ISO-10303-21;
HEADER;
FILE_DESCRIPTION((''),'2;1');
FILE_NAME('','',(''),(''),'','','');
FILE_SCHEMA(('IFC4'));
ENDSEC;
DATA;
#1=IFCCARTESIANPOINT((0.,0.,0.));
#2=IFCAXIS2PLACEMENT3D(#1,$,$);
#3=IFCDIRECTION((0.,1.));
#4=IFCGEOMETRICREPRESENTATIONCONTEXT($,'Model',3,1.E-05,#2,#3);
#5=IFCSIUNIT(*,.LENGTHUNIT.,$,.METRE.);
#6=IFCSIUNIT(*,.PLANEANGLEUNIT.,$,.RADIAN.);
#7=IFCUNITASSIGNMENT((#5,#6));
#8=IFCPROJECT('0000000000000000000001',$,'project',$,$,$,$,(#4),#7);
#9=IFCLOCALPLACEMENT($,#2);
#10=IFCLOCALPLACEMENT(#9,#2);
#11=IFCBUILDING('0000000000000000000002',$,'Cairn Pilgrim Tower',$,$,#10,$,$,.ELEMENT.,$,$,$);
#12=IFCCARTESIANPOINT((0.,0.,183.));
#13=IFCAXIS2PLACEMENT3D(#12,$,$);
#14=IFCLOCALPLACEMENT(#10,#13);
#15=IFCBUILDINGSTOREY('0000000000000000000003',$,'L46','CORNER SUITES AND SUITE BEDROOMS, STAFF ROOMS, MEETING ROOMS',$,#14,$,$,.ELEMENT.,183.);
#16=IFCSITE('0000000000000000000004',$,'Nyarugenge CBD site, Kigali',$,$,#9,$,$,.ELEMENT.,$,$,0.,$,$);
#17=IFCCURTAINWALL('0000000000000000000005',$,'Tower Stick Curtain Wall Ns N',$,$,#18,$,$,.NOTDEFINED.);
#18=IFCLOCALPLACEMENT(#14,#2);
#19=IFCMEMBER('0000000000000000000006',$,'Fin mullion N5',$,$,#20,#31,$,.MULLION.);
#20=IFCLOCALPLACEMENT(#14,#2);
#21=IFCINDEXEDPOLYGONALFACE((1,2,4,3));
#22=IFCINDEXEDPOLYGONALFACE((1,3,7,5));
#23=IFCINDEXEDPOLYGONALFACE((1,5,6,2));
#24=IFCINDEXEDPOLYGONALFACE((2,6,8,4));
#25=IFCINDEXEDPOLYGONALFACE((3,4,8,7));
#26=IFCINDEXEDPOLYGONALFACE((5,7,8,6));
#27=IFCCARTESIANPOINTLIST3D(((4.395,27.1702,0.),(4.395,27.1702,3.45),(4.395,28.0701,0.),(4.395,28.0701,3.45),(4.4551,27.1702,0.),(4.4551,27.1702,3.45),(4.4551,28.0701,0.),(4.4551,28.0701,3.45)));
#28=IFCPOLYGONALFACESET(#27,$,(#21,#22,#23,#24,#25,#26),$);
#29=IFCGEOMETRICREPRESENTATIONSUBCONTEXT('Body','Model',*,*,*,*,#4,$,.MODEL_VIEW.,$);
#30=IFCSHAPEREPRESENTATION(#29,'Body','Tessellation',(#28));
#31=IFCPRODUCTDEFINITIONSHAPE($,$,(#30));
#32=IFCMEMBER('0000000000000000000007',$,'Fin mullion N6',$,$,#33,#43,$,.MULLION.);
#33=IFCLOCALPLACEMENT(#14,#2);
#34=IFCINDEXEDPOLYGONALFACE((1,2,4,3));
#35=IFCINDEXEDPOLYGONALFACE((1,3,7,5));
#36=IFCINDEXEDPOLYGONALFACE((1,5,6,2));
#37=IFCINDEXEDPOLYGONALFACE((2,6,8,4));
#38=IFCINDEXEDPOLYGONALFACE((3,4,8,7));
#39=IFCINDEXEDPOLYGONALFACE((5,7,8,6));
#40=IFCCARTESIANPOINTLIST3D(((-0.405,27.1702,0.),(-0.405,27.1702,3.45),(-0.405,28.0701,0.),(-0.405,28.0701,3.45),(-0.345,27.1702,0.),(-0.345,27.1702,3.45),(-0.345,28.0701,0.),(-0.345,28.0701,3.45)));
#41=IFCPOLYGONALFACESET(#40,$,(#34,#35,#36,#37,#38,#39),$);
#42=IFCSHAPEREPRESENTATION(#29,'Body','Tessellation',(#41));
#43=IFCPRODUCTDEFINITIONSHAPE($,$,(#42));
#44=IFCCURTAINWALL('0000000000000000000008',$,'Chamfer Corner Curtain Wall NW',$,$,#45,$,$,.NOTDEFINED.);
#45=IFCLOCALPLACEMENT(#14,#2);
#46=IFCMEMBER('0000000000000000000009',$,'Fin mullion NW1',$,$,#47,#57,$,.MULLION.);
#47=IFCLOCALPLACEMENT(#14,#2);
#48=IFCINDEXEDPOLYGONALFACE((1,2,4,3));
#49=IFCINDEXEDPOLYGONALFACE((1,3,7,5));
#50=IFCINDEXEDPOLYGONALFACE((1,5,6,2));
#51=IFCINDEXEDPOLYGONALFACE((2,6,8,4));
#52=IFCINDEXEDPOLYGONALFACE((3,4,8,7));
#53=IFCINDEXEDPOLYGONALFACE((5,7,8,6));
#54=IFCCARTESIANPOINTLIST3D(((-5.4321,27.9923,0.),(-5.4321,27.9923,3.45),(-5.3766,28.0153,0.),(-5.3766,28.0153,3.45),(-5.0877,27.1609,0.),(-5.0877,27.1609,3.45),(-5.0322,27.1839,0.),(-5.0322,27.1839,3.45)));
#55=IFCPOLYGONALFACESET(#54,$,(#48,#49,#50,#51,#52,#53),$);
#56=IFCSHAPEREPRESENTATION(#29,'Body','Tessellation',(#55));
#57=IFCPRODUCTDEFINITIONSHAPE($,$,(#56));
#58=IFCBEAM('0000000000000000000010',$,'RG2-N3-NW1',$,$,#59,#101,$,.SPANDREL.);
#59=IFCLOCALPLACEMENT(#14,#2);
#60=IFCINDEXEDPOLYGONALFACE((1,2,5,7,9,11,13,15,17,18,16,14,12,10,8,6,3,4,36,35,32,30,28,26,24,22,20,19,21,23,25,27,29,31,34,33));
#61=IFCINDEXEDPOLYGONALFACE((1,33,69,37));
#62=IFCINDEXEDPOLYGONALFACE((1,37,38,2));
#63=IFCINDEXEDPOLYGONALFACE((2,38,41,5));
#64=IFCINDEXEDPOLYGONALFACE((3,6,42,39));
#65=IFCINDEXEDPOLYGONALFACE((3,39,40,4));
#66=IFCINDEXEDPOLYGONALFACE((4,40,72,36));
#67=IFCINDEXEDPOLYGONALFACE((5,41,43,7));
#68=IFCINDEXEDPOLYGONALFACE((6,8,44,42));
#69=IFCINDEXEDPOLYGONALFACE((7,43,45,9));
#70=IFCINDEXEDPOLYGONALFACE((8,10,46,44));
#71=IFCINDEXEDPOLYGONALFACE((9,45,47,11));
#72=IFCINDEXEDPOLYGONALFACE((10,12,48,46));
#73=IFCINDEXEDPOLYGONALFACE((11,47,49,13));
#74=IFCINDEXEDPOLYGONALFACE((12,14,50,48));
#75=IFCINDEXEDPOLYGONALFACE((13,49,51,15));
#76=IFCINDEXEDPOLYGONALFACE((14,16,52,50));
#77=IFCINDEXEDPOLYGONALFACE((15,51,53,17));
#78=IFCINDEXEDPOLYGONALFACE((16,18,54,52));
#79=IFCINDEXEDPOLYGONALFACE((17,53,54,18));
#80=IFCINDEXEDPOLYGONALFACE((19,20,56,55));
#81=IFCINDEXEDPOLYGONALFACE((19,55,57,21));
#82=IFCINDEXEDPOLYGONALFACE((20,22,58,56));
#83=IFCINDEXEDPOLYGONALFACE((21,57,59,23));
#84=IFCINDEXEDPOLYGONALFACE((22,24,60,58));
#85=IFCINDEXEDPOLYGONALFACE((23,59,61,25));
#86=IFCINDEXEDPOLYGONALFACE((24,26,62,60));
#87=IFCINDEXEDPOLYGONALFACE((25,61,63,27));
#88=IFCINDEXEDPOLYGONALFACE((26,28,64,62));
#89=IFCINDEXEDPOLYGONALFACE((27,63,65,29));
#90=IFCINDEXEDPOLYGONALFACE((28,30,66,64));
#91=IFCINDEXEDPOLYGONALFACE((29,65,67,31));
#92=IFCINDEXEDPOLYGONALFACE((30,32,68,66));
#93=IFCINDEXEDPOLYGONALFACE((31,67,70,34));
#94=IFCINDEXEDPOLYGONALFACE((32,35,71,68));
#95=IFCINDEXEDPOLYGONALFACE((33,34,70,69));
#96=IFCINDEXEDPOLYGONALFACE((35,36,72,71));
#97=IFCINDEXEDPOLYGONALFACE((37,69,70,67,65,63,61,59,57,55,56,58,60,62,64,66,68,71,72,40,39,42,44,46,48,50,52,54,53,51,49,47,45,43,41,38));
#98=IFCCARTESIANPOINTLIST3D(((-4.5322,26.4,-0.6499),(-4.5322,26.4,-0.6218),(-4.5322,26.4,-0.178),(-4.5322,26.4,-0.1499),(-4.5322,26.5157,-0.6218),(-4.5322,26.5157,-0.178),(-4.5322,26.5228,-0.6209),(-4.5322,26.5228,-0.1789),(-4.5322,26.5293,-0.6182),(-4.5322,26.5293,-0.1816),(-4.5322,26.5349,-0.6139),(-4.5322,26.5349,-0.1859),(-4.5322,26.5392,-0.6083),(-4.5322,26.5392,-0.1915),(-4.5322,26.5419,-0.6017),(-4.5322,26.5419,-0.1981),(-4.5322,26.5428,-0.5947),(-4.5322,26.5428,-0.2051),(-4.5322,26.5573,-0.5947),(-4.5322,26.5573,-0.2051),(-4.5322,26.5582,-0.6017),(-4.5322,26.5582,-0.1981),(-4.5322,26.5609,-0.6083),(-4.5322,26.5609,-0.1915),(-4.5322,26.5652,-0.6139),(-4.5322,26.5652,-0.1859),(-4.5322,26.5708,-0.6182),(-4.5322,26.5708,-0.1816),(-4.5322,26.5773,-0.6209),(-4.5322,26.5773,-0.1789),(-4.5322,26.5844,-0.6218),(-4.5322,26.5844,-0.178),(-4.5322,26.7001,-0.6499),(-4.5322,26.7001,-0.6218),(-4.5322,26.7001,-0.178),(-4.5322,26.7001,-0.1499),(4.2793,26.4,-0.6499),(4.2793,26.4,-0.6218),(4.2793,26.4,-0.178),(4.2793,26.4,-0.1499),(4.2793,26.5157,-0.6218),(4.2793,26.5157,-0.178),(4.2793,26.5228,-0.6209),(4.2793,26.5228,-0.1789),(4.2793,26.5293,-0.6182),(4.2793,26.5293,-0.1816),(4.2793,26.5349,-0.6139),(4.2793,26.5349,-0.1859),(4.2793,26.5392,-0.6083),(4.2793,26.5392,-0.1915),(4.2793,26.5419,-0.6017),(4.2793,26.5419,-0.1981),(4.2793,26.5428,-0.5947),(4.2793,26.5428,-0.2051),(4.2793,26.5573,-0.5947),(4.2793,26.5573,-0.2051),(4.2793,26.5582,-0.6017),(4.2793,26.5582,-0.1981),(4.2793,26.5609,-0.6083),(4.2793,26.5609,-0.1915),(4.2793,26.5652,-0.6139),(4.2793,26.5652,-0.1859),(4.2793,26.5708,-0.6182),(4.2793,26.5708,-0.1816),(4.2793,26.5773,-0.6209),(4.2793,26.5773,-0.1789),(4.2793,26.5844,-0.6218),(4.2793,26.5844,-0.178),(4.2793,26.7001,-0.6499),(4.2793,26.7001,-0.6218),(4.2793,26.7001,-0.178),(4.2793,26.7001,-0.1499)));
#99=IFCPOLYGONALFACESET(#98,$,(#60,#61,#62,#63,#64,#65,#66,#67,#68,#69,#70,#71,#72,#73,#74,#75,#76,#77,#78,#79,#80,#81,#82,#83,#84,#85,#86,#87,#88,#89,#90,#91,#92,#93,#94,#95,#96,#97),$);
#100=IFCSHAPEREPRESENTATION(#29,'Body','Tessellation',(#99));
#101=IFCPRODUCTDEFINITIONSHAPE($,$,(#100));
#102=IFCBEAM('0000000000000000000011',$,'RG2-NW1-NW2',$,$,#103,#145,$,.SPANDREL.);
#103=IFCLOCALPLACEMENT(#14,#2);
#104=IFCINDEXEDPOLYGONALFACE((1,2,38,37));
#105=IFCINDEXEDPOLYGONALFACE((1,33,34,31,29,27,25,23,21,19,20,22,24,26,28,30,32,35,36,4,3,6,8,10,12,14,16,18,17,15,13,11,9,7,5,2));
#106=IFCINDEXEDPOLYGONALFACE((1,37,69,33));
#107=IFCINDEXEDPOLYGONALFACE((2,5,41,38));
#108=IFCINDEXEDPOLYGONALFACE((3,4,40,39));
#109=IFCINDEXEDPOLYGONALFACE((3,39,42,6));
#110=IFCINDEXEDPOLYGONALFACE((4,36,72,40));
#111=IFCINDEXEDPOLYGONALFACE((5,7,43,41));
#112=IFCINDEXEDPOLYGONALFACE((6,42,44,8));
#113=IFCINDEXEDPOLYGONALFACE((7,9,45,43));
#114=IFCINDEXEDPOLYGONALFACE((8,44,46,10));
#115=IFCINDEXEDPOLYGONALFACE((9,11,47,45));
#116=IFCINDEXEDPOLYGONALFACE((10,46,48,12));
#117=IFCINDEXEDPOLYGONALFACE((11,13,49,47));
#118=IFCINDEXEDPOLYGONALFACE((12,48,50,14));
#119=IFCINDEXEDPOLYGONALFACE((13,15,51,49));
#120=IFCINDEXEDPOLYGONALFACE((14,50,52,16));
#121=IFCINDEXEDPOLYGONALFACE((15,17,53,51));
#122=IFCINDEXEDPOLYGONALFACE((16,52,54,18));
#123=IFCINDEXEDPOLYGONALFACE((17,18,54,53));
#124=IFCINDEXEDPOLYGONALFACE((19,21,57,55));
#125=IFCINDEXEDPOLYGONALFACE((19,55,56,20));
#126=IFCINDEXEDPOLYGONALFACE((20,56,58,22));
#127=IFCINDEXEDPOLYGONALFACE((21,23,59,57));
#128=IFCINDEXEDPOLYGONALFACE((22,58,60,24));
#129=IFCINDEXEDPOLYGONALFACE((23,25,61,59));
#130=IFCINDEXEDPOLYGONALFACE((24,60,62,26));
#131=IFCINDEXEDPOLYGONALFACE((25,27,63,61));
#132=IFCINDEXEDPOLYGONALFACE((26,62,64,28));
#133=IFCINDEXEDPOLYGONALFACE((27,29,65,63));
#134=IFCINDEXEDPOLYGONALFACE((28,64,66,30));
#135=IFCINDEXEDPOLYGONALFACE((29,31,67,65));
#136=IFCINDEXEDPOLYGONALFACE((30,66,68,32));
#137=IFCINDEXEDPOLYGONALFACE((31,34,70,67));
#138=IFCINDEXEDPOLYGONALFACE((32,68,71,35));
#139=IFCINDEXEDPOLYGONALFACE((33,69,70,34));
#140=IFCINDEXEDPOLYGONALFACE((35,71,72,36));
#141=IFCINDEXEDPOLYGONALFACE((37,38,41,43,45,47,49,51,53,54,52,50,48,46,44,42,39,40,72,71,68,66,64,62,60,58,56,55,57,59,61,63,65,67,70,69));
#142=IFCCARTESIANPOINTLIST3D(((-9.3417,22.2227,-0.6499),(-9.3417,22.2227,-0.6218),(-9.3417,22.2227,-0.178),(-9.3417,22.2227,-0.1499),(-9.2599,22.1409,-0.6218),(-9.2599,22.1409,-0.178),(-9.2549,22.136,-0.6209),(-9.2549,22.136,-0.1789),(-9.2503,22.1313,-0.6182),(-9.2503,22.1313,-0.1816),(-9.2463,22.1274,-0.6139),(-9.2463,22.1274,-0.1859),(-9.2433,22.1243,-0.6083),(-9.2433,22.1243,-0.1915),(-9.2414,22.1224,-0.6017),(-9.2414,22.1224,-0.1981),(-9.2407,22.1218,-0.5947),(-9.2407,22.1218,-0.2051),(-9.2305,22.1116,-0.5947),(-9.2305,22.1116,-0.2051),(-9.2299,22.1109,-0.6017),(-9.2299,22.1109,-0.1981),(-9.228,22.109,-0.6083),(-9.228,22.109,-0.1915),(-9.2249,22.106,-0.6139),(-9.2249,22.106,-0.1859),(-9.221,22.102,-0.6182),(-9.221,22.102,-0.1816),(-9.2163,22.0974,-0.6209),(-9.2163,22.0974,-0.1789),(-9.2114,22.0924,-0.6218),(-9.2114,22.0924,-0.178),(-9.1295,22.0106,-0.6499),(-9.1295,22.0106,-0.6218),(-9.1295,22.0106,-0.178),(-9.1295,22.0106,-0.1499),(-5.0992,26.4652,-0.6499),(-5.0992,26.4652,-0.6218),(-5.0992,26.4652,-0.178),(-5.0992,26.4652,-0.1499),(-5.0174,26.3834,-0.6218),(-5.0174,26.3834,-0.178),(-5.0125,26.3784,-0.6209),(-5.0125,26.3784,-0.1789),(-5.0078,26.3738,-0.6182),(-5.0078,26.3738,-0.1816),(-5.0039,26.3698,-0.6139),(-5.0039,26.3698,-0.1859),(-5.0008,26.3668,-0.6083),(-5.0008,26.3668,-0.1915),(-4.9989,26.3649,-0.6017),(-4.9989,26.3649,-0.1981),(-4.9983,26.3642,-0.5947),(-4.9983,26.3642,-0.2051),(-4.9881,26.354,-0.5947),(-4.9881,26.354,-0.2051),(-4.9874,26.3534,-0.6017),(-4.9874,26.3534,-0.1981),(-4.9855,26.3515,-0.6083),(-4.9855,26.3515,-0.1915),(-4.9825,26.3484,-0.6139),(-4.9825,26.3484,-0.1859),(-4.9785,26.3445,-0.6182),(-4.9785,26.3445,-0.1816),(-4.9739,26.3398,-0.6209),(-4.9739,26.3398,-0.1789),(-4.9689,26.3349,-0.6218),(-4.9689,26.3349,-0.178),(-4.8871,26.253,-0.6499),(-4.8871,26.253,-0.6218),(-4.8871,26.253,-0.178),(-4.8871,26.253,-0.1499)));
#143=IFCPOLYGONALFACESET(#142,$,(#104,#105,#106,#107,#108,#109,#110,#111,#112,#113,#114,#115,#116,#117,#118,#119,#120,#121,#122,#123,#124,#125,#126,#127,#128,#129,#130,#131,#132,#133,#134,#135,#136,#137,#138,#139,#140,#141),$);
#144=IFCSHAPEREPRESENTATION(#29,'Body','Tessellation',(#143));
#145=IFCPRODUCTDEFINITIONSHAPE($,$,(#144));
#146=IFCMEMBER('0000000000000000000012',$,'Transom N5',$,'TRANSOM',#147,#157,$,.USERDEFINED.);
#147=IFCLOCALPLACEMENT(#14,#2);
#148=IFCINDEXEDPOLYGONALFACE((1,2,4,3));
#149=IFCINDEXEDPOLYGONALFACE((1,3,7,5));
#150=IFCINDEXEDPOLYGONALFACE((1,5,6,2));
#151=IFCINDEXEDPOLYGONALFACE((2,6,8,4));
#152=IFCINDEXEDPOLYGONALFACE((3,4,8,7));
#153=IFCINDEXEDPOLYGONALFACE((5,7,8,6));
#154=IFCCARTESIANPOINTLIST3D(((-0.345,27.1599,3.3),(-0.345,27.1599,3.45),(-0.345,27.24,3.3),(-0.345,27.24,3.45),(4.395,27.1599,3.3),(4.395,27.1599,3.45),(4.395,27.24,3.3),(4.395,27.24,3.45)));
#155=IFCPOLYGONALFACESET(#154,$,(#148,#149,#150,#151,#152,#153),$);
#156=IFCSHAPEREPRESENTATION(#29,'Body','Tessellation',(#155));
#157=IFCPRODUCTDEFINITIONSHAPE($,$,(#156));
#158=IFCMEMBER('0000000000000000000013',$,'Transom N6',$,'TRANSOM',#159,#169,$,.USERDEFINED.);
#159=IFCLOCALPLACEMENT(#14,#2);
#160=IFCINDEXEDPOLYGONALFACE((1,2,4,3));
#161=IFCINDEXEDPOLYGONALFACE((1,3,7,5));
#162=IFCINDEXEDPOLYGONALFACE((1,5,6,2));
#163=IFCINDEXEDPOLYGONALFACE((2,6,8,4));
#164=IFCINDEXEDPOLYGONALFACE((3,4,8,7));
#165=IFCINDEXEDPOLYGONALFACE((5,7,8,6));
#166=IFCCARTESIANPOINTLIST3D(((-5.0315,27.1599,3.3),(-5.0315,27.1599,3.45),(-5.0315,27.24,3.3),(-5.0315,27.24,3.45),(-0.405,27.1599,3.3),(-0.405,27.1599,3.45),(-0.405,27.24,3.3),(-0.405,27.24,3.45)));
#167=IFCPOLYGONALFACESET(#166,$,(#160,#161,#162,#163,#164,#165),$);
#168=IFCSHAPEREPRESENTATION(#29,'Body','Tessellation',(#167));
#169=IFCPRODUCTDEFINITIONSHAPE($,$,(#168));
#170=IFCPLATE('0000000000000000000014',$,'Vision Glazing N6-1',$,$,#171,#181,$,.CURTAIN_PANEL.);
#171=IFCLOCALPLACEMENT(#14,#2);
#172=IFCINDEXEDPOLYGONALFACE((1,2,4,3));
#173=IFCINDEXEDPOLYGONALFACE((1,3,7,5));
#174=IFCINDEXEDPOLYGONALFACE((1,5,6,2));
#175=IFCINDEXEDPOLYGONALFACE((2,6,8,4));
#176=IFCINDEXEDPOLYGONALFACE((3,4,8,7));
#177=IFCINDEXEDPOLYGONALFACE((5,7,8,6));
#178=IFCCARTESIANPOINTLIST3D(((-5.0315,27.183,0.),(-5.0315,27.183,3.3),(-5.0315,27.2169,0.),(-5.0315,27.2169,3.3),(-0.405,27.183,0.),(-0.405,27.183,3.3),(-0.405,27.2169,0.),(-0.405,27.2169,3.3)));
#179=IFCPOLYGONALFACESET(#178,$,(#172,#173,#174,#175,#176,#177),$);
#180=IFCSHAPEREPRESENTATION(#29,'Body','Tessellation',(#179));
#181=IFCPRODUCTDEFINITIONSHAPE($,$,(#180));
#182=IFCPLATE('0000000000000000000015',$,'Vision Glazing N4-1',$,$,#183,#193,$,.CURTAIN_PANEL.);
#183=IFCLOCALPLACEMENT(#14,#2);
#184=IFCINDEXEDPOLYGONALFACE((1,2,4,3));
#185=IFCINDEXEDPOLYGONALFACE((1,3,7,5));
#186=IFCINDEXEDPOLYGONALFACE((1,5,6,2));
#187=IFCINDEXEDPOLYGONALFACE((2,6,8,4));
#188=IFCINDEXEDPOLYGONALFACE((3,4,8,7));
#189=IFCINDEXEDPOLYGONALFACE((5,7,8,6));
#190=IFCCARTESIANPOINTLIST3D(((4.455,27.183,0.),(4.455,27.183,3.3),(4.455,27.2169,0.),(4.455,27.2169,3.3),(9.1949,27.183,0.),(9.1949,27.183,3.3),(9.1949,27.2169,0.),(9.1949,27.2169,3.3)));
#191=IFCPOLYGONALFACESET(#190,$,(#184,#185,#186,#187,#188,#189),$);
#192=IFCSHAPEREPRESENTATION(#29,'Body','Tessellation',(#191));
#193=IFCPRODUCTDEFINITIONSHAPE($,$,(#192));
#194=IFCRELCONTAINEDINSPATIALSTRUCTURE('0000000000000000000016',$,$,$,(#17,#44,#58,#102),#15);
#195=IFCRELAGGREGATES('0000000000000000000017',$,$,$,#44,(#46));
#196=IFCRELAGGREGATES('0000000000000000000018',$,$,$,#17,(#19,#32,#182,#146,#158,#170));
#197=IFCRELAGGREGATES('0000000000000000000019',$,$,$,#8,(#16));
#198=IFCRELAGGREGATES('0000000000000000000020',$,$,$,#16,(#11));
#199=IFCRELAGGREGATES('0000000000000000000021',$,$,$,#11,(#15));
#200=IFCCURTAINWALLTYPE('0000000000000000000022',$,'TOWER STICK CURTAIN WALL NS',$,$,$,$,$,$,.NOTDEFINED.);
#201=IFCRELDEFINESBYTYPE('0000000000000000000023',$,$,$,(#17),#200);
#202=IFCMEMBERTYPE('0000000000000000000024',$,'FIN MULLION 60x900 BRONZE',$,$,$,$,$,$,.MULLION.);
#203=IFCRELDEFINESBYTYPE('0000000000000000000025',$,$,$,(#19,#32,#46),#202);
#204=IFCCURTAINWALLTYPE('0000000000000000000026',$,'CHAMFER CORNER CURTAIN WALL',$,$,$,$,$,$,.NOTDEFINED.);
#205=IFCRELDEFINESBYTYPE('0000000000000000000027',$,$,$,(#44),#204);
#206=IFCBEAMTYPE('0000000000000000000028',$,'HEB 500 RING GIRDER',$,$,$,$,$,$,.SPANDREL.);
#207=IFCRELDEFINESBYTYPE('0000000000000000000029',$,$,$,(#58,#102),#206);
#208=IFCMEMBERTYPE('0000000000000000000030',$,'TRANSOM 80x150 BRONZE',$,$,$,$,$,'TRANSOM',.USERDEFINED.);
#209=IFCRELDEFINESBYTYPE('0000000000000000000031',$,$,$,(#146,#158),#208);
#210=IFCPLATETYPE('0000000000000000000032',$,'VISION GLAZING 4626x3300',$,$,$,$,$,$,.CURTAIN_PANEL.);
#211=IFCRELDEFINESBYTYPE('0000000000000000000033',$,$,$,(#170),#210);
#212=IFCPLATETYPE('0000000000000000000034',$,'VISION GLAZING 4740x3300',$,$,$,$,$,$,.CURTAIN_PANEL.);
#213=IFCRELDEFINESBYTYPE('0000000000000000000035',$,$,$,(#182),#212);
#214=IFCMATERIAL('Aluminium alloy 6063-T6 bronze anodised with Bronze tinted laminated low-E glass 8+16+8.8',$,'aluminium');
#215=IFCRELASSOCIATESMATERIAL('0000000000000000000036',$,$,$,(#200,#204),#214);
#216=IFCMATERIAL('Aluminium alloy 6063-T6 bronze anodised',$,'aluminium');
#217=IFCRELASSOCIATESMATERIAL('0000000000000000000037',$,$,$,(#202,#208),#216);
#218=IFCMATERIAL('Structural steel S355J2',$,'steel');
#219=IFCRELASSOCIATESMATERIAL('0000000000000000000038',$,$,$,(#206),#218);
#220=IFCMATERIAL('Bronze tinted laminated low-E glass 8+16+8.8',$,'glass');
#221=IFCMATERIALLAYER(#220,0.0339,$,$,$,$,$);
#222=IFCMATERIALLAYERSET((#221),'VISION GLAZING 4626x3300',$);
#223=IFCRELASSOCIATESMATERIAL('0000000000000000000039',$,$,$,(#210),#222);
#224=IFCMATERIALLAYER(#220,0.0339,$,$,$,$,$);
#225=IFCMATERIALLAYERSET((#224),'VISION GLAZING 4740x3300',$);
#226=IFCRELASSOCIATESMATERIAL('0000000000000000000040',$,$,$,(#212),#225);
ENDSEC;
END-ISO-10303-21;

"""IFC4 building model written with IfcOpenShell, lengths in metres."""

from ifc_helpers import new_model, si_unit, direction, frame, origin, origin_2d, place, context, subcontext, project, spatial, rectangle, i_section, extrude, material, layer, layer_set, material_profile, profile_set, type_object, element, aggregate, save


model = new_model("IFC4")

# Units and contexts
model_context = context("Model", 3, precision=1e-05, world=origin(), true_north=direction((0.0, 1.0)))
body_context = subcontext(model_context, "Body", "Model", "MODEL_VIEW")
ifc_project = project(units=[si_unit("LENGTHUNIT", "METRE"), si_unit("PLANEANGLEUNIT", "RADIAN")], contexts=[model_context])

# Site, building, storey
site_placement = place(None, origin())
site = spatial("IfcSite", under=ifc_project, at=site_placement, Name="Nyarugenge CBD site, Kigali", CompositionType="ELEMENT", RefElevation=0.0)
building_placement = place(site_placement, origin())
building = spatial("IfcBuilding", under=site, at=building_placement, Name="Cairn Pilgrim Tower", CompositionType="ELEMENT")
storey_placement = place(building_placement, frame((0.0, 0.0, 183.0)))
storey = spatial("IfcBuildingStorey", under=building, at=storey_placement, Name="L46", Description="CORNER SUITES AND SUITE BEDROOMS, STAFF ROOMS, MEETING ROOMS", CompositionType="ELEMENT", Elevation=183.0)

# Curtain wall, members
ifc_material_1 = material(Name="Aluminium alloy 6063-T6 bronze anodised with Bronze tinted laminated low-E glass 8+16+8.8", Category="aluminium")
curtain_wall_type_1 = type_object("IfcCurtainWallType", Name="TOWER STICK CURTAIN WALL NS", PredefinedType="NOTDEFINED", material=ifc_material_1)
curtain_wall_1_placement = place(storey_placement, origin())
curtain_wall_1 = element("IfcCurtainWall", 1, at=curtain_wall_1_placement, inside=storey, type_object=curtain_wall_type_1, Name="Tower Stick Curtain Wall Ns N", PredefinedType="NOTDEFINED")
ifc_material_2 = material(Name="Aluminium alloy 6063-T6 bronze anodised", Category="aluminium")
ifc_material_profile_1 = material_profile(ifc_material_2, rectangle(XDim=0.8999, YDim=0.0601, at=origin_2d()), Name="FIN MULLION 60x900 BRONZE")
ifc_profile_set_1 = profile_set([ifc_material_profile_1], Name="Aluminium alloy 6063-T6 bronze anodised")
member_type_1 = type_object("IfcMemberType", Name="FIN MULLION 60x900 BRONZE", PredefinedType="MULLION", material=ifc_profile_set_1)
member_1_placement = place(storey_placement, frame((4.425, 27.6201, 0.0), z_axis=(0.0, 0.0, 1.0), x_axis=(0.0, 1.0, 0.0)))
member_1 = element("IfcMember", 2, at=member_1_placement, type_object=member_type_1, Name="Fin mullion N5", PredefinedType="MULLION", context=body_context, shape_type="SweptSolid", body=[
    extrude(rectangle(XDim=0.8999, YDim=0.0601, at=origin_2d()), origin(), (0.0, 0.0, 1.0), 3.45),
])
member_2_placement = place(storey_placement, frame((-0.375, 27.6201, 0.0), z_axis=(0.0, 0.0, 1.0), x_axis=(0.0, 1.0, 0.0)))
member_2 = element("IfcMember", 3, at=member_2_placement, type_object=member_type_1, Name="Fin mullion N6", PredefinedType="MULLION", context=body_context, shape_type="SweptSolid", body=[
    extrude(rectangle(XDim=0.8999, YDim=0.0601, at=origin_2d()), origin(), (0.0, 0.0, 1.0), 3.45),
])

# Curtain wall, member
curtain_wall_type_2 = type_object("IfcCurtainWallType", Name="CHAMFER CORNER CURTAIN WALL", PredefinedType="NOTDEFINED", material=ifc_material_1)
curtain_wall_2_placement = place(storey_placement, origin())
curtain_wall_2 = element("IfcCurtainWall", 4, at=curtain_wall_2_placement, inside=storey, type_object=curtain_wall_type_2, Name="Chamfer Corner Curtain Wall NW", PredefinedType="NOTDEFINED")
member_3_placement = place(storey_placement, frame((-5.2322, 27.5881, 0.0), z_axis=(0.0, 0.0, 1.0), x_axis=(-0.382683, 0.92388, 0.0)))
member_3 = element("IfcMember", 5, at=member_3_placement, type_object=member_type_1, Name="Fin mullion NW1", PredefinedType="MULLION", context=body_context, shape_type="SweptSolid", body=[
    extrude(rectangle(XDim=0.8999, YDim=0.0601, at=origin_2d()), origin(), (0.0, 0.0, 1.0), 3.45),
])
aggregate(curtain_wall_2, [member_3])

# Beams
ifc_material_3 = material(Name="Structural steel S355J2", Category="steel")
ifc_material_profile_2 = material_profile(ifc_material_3, i_section(OverallWidth=0.3, OverallDepth=0.5, WebThickness=0.0144, FlangeThickness=0.0281, FilletRadius=0.0271, at=origin_2d()), Name="HEB 500")
ifc_profile_set_2 = profile_set([ifc_material_profile_2], Name="Structural steel S355J2")
beam_type = type_object("IfcBeamType", Name="HEB 500 RING GIRDER", PredefinedType="SPANDREL", material=ifc_profile_set_2)
beam_1_placement = place(storey_placement, frame((4.2793, 26.55, -0.3999), z_axis=(-1.0, 0.0, 0.0), x_axis=(0.0, -1.0, 0.0)))
element("IfcBeam", 6, at=beam_1_placement, inside=storey, type_object=beam_type, Name="RG2-N3-NW1", PredefinedType="SPANDREL", context=body_context, shape_type="SweptSolid", body=[
    extrude(i_section(OverallWidth=0.3, OverallDepth=0.5, WebThickness=0.0144, FlangeThickness=0.0281, FilletRadius=0.0271, at=origin_2d()), origin(), (0.0, 0.0, 1.0), 8.8115),
])
beam_2_placement = place(storey_placement, frame((-4.9932, 26.3591, -0.3999), z_axis=(-0.707107, -0.707107, 0.0), x_axis=(0.707107, -0.707107, 0.0)))
element("IfcBeam", 7, at=beam_2_placement, inside=storey, type_object=beam_type, Name="RG2-NW1-NW2", PredefinedType="SPANDREL", context=body_context, shape_type="SweptSolid", body=[
    extrude(i_section(OverallWidth=0.3, OverallDepth=0.5, WebThickness=0.0144, FlangeThickness=0.0281, FilletRadius=0.0271, at=origin_2d()), origin(), (0.0, 0.0, 1.0), 5.9998),
])

# Members
ifc_material_profile_3 = material_profile(ifc_material_2, rectangle(XDim=0.0801, YDim=0.1499, at=origin_2d()), Name="TRANSOM 80x150 BRONZE")
ifc_profile_set_3 = profile_set([ifc_material_profile_3], Name="Aluminium alloy 6063-T6 bronze anodised")
member_type_2 = type_object("IfcMemberType", Name="TRANSOM 80x150 BRONZE", ElementType="TRANSOM", PredefinedType="USERDEFINED", material=ifc_profile_set_3)
member_4_placement = place(storey_placement, frame((4.395, 27.2, 3.375), z_axis=(-1.0, 0.0, 0.0), x_axis=(0.0, -1.0, 0.0)))
member_4 = element("IfcMember", 8, at=member_4_placement, type_object=member_type_2, Name="Transom N5", ObjectType="TRANSOM", PredefinedType="USERDEFINED", context=body_context, shape_type="SweptSolid", body=[
    extrude(rectangle(XDim=0.0801, YDim=0.1499, at=origin_2d()), origin(), (0.0, 0.0, 1.0), 4.74),
])
member_5_placement = place(storey_placement, frame((-0.405, 27.2, 3.375), z_axis=(-1.0, 0.0, 0.0), x_axis=(0.0, -1.0, 0.0)))
member_5 = element("IfcMember", 9, at=member_5_placement, type_object=member_type_2, Name="Transom N6", ObjectType="TRANSOM", PredefinedType="USERDEFINED", context=body_context, shape_type="SweptSolid", body=[
    extrude(rectangle(XDim=0.0801, YDim=0.1499, at=origin_2d()), origin(), (0.0, 0.0, 1.0), 4.6265),
])

# Plates
ifc_material_4 = material(Name="Bronze tinted laminated low-E glass 8+16+8.8", Category="glass")
ifc_layer_1 = layer(ifc_material_4, 0.0339)
ifc_layer_set_1 = layer_set([ifc_layer_1], Name="VISION GLAZING 4626x3300")
plate_type_1 = type_object("IfcPlateType", Name="VISION GLAZING 4626x3300", PredefinedType="CURTAIN_PANEL", material=ifc_layer_set_1)
plate_1_placement = place(storey_placement, frame((-2.7183, 27.2, 0.0), z_axis=(0.0, 0.0, 1.0), x_axis=(-1.0, 0.0, 0.0)))
plate_1 = element("IfcPlate", 10, at=plate_1_placement, type_object=plate_type_1, Name="Vision Glazing N6-1", PredefinedType="CURTAIN_PANEL", context=body_context, shape_type="SweptSolid", body=[
    extrude(rectangle(XDim=4.6265, YDim=0.0339, at=origin_2d()), origin(), (0.0, 0.0, 1.0), 3.3),
])
ifc_layer_2 = layer(ifc_material_4, 0.0339)
ifc_layer_set_2 = layer_set([ifc_layer_2], Name="VISION GLAZING 4740x3300")
plate_type_2 = type_object("IfcPlateType", Name="VISION GLAZING 4740x3300", PredefinedType="CURTAIN_PANEL", material=ifc_layer_set_2)
plate_2_placement = place(storey_placement, frame((6.825, 27.2, 0.0), z_axis=(0.0, 0.0, 1.0), x_axis=(-1.0, 0.0, 0.0)))
plate_2 = element("IfcPlate", 11, at=plate_2_placement, type_object=plate_type_2, Name="Vision Glazing N4-1", PredefinedType="CURTAIN_PANEL", context=body_context, shape_type="SweptSolid", body=[
    extrude(rectangle(XDim=4.74, YDim=0.0339, at=origin_2d()), origin(), (0.0, 0.0, 1.0), 3.3),
])
aggregate(curtain_wall_1, [member_1, member_2, plate_2, member_4, member_5, plate_1])

save(model, "model.ifc")
